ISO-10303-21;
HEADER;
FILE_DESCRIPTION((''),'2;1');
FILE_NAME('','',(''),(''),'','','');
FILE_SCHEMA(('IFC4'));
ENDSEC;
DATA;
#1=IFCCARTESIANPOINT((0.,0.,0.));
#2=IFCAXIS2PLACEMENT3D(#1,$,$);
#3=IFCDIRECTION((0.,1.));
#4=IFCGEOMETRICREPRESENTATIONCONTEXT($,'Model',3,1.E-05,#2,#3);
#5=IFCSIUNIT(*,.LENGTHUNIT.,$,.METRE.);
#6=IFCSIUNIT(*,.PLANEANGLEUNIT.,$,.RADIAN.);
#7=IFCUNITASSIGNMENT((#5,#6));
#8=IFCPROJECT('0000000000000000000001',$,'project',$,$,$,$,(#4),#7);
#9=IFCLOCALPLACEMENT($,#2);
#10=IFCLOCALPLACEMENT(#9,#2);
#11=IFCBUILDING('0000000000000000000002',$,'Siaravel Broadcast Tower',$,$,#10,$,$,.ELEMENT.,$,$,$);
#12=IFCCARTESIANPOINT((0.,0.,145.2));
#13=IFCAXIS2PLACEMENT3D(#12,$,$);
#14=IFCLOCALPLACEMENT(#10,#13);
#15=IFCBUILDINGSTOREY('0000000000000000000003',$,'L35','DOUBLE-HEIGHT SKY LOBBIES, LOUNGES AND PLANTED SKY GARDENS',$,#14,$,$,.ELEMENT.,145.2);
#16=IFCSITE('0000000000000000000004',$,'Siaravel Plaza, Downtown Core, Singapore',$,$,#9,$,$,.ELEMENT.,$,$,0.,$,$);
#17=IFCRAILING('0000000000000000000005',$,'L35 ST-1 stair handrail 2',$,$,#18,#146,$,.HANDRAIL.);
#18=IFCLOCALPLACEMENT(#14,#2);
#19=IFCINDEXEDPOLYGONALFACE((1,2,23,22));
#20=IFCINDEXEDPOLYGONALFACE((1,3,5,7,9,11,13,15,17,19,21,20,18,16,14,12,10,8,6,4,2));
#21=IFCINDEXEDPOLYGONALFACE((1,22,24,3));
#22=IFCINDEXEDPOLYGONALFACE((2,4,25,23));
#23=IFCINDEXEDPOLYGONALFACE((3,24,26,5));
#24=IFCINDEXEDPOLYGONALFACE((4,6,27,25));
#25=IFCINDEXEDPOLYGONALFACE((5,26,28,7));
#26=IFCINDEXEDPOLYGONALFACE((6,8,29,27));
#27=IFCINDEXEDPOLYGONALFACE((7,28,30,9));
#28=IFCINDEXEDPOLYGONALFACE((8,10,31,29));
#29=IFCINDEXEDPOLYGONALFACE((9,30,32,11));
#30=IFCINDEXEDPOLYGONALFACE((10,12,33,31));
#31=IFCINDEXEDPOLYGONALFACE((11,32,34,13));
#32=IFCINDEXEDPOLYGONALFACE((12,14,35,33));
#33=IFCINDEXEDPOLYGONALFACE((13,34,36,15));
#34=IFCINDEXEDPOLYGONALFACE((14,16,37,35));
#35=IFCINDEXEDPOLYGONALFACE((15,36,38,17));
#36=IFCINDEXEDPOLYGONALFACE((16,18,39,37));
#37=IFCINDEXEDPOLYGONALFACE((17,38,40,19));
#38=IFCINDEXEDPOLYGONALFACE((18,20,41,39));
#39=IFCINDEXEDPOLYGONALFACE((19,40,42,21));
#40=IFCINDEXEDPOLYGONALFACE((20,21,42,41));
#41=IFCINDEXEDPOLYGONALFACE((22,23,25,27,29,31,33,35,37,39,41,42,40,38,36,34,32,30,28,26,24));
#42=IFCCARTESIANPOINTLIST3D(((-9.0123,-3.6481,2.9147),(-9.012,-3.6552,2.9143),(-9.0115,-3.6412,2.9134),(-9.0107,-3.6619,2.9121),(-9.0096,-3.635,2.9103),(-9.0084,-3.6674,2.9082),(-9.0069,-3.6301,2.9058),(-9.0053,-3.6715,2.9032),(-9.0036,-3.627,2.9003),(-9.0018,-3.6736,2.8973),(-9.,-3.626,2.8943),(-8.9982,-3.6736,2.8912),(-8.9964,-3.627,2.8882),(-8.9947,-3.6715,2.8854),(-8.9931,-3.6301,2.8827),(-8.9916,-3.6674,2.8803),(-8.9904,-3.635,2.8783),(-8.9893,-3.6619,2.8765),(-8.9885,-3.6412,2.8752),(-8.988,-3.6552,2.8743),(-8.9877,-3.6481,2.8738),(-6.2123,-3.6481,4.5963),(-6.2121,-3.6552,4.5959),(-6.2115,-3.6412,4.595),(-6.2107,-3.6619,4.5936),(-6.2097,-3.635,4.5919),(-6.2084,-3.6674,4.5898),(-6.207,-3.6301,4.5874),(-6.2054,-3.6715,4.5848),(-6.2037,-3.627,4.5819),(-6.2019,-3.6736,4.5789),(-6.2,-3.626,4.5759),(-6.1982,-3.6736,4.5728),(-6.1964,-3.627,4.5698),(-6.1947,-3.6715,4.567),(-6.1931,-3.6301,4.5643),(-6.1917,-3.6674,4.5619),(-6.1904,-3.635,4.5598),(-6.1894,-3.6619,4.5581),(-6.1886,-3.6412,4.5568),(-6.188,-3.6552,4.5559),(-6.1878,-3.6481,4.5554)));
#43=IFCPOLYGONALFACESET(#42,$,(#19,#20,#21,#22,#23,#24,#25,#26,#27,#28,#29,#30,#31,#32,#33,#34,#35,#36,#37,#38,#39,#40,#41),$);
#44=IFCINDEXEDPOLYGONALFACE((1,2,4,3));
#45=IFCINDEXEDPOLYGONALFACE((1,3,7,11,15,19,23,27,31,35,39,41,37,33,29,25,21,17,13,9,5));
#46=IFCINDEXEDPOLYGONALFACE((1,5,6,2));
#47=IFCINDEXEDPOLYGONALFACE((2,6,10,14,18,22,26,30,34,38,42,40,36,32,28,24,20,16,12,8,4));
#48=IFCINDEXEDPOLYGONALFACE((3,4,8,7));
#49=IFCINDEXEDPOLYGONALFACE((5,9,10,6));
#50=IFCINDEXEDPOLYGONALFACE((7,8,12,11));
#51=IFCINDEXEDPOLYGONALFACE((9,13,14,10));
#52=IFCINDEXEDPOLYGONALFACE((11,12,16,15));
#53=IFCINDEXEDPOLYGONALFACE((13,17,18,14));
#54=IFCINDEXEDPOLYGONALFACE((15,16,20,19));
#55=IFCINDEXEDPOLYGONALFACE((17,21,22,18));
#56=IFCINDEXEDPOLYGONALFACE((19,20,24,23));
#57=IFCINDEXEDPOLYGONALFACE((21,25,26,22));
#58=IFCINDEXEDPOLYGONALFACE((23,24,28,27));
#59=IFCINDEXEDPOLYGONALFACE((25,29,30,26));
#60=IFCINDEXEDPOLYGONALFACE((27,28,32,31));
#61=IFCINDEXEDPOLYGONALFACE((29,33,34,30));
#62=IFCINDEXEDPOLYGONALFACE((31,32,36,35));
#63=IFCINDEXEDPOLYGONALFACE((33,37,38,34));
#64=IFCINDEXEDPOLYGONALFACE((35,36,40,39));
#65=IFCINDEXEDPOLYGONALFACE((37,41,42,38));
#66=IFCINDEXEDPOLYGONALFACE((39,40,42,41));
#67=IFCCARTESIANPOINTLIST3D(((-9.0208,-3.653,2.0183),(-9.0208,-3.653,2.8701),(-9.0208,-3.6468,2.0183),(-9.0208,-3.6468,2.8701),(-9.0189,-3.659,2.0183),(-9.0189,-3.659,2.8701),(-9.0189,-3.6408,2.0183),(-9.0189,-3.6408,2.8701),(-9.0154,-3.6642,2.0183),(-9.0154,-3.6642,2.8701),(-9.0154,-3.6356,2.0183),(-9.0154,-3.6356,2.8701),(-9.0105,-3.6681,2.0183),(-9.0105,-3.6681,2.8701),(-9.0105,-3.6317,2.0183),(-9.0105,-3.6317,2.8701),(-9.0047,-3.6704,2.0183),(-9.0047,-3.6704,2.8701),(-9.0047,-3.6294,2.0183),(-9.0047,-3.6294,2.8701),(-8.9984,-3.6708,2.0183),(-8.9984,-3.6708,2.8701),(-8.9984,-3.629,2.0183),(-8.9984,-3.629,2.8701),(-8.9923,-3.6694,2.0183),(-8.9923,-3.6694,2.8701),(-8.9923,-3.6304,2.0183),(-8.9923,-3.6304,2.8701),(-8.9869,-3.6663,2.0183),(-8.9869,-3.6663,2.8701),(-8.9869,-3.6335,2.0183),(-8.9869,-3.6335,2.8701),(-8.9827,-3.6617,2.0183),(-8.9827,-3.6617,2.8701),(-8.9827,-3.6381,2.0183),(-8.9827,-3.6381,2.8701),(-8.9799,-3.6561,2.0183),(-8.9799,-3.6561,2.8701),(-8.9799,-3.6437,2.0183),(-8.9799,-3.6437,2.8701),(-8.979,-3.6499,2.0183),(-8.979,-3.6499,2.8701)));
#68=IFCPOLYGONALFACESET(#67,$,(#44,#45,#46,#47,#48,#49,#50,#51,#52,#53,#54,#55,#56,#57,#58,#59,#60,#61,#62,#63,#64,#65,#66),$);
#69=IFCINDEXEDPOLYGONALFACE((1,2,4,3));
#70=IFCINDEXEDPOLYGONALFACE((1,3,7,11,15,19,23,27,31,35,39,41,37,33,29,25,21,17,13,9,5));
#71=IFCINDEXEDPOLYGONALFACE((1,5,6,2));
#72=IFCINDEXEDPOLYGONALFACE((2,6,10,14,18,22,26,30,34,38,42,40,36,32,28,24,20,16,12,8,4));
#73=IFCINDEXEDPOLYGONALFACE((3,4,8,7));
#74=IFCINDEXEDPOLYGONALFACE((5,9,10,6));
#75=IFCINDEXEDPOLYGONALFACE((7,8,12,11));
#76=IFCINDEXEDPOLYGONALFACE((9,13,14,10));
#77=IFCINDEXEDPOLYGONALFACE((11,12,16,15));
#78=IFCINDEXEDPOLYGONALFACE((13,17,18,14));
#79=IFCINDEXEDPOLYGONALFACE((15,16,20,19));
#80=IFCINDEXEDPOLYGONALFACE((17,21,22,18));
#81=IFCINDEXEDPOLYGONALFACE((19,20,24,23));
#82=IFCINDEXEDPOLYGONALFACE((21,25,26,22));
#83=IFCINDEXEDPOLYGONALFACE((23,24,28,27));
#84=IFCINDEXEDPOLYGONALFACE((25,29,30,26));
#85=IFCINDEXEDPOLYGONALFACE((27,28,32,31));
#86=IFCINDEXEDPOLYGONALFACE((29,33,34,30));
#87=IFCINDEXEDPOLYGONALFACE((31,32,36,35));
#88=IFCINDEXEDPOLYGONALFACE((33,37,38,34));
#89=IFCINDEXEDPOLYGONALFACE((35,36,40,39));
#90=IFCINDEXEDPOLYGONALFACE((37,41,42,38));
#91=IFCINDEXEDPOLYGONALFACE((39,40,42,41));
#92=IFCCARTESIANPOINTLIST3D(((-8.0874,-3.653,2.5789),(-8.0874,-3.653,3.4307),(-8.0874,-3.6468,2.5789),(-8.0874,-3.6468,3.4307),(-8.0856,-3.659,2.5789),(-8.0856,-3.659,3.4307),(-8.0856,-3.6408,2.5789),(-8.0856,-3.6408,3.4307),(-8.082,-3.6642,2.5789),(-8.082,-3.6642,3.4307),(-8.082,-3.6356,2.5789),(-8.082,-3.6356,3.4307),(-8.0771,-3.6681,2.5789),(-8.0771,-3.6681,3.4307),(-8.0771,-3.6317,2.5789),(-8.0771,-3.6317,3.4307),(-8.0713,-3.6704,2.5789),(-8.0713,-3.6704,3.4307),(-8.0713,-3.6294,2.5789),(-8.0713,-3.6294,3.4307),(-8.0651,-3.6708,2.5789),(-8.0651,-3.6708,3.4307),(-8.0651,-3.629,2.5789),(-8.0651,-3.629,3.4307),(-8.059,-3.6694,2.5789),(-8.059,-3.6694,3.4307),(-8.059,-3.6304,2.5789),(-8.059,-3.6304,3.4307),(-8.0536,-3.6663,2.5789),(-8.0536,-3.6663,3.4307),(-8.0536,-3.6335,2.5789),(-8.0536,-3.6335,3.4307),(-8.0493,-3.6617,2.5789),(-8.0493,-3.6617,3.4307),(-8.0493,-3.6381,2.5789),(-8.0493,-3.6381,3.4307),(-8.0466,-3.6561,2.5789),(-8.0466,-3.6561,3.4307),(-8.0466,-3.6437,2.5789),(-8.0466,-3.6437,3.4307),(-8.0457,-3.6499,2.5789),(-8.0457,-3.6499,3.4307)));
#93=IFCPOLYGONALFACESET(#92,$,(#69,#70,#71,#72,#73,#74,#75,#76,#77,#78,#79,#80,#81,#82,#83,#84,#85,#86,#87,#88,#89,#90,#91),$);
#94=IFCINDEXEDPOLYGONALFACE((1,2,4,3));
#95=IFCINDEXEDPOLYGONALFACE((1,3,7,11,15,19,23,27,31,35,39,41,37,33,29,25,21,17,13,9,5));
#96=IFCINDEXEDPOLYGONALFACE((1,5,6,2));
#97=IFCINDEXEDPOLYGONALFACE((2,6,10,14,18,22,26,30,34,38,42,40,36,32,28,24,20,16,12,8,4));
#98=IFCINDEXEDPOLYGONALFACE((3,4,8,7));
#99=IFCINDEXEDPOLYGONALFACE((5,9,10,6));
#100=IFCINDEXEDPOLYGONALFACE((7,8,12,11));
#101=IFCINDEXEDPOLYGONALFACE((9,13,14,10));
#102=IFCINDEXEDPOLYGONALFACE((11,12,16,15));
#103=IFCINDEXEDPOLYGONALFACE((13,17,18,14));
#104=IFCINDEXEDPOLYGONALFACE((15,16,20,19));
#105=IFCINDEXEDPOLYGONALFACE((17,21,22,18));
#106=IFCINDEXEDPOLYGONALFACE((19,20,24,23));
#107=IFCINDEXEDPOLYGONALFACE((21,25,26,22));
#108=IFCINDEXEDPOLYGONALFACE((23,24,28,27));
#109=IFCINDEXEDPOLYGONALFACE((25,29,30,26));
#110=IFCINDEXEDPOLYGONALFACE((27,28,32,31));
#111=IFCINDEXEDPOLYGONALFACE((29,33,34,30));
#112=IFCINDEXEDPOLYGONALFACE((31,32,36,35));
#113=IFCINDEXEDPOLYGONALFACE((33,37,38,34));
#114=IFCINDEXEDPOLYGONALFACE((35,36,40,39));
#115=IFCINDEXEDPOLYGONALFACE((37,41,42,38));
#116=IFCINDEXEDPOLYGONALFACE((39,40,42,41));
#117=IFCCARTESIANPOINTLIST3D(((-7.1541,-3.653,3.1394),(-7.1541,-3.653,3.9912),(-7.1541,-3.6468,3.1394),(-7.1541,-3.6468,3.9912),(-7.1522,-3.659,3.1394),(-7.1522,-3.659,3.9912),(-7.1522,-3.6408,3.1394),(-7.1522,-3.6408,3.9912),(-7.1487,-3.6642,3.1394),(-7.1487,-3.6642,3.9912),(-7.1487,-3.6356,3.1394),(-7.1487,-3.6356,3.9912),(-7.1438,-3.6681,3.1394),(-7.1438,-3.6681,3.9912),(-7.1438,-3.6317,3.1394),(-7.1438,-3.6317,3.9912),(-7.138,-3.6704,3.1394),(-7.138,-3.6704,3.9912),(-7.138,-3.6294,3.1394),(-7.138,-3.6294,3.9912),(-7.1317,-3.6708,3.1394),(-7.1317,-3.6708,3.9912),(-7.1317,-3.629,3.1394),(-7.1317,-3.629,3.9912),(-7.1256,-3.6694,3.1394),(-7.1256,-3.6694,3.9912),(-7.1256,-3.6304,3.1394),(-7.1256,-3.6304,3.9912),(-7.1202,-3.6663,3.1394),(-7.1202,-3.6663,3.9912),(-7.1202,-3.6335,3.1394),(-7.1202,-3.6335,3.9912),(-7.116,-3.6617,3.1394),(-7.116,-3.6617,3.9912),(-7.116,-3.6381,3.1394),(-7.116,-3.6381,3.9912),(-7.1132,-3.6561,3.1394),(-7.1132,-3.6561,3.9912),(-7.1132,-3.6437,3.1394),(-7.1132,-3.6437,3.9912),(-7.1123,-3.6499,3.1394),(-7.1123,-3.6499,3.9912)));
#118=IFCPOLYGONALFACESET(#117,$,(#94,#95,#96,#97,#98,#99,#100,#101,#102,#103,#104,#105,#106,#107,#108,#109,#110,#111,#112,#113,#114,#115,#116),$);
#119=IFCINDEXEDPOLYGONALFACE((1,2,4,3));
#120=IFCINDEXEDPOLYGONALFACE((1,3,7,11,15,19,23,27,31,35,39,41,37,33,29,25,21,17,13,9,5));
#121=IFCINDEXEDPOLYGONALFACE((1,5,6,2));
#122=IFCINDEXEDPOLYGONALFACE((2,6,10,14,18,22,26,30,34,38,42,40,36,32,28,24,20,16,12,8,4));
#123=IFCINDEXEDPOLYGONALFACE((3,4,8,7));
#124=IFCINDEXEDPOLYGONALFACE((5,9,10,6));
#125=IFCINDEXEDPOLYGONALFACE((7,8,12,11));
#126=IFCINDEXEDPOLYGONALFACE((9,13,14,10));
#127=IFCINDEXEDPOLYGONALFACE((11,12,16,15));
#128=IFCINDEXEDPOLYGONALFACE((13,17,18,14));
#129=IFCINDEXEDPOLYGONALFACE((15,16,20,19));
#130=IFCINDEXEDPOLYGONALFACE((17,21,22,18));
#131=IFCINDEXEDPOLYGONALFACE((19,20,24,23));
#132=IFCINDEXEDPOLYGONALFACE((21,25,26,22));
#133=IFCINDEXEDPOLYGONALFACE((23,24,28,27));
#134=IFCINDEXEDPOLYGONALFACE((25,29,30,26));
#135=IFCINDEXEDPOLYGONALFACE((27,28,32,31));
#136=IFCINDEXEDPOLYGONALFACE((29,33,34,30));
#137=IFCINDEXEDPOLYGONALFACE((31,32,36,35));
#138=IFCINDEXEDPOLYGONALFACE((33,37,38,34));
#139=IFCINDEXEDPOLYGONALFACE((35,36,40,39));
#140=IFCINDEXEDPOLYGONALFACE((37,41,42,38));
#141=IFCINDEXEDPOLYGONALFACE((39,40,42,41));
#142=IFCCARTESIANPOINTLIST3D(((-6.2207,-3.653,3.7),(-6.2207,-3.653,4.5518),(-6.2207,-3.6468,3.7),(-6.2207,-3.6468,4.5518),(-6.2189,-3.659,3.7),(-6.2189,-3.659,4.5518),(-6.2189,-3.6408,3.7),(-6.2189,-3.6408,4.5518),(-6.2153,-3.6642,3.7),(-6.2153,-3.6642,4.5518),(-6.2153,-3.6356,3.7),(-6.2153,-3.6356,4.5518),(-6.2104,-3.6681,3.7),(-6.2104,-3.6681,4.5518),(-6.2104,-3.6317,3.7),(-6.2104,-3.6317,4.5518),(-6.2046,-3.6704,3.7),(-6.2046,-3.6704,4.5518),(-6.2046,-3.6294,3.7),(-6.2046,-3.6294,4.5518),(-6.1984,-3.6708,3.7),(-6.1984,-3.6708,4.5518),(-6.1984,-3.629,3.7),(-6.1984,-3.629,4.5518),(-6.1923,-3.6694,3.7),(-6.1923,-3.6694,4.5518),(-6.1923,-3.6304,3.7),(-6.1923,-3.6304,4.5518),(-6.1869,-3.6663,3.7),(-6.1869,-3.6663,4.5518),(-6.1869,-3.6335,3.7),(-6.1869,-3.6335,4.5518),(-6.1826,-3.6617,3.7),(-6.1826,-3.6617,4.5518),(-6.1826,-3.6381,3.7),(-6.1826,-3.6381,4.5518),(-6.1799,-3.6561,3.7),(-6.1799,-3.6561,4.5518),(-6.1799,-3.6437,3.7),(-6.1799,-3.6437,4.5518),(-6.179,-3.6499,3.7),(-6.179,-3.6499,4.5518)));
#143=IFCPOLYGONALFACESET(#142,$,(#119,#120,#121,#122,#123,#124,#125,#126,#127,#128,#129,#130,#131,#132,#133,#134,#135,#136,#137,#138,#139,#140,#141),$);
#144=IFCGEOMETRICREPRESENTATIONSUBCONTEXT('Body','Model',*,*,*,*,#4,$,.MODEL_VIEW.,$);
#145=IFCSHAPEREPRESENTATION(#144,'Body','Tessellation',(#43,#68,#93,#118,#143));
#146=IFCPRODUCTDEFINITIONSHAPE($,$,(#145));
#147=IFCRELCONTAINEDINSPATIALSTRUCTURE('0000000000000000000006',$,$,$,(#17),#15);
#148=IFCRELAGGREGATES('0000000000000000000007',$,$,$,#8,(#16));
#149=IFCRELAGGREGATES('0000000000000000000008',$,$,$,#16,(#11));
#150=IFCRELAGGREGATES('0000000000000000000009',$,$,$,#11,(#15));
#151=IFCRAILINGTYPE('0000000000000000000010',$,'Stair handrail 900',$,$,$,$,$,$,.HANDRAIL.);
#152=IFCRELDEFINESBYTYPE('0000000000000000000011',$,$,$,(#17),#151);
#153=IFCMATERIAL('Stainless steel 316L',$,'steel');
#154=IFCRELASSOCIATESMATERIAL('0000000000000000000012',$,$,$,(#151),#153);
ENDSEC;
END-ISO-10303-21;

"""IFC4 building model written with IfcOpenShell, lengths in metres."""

from ifc_helpers import new_model, si_unit, direction, frame, origin, origin_2d, place, context, subcontext, project, spatial, circle, extrude, material, type_object, element, save


model = new_model("IFC4")

# Units and contexts
model_context = context("Model", 3, precision=1e-05, world=origin(), true_north=direction((0.0, 1.0)))
body_context = subcontext(model_context, "Body", "Model", "MODEL_VIEW")
ifc_project = project(units=[si_unit("LENGTHUNIT", "METRE"), si_unit("PLANEANGLEUNIT", "RADIAN")], contexts=[model_context])

# Site, building, storey
site_placement = place(None, origin())
site = spatial("IfcSite", under=ifc_project, at=site_placement, Name="Siaravel Plaza, Downtown Core, Singapore", CompositionType="ELEMENT", RefElevation=0.0)
building_placement = place(site_placement, origin())
building = spatial("IfcBuilding", under=site, at=building_placement, Name="Siaravel Broadcast Tower", CompositionType="ELEMENT")
storey_placement = place(building_placement, frame((0.0, 0.0, 145.2)))
storey = spatial("IfcBuildingStorey", under=building, at=storey_placement, Name="L35", Description="DOUBLE-HEIGHT SKY LOBBIES, LOUNGES AND PLANTED SKY GARDENS", CompositionType="ELEMENT", Elevation=145.2)

# Railing
ifc_material_1 = material(Name="Stainless steel 316L", Category="steel")
railing_type_1 = type_object("IfcRailingType", Name="Stair handrail 900", PredefinedType="HANDRAIL", material=ifc_material_1)
railing_1_placement = place(storey_placement, frame((-9.0, -3.6499, 2.0183)))
element("IfcRailing", 1, at=railing_1_placement, inside=storey, type_object=railing_type_1, Name="L35 ST-1 stair handrail 2", PredefinedType="HANDRAIL", context=body_context, shape_type="SweptSolid", body=[
    extrude(circle(Radius=0.0239, at=origin_2d()), frame((0.0, 0.0, 0.876), z_axis=(0.857275, 0.0, 0.514858), x_axis=(0.0, 1.0, 0.0)), (0.0, 0.0, 1.0), 3.2661),
    extrude(circle(Radius=0.021, at=origin_2d()), origin(), (0.0, 0.0, 1.0), 0.8518),
    extrude(circle(Radius=0.021, at=origin_2d()), frame((0.9333, 0.0, 0.5605)), (0.0, 0.0, 1.0), 0.8518),
    extrude(circle(Radius=0.021, at=origin_2d()), frame((1.8667, 0.0, 1.1211)), (0.0, 0.0, 1.0), 0.8518),
    extrude(circle(Radius=0.021, at=origin_2d()), frame((2.8, 0.0, 1.6816)), (0.0, 0.0, 1.0), 0.8518),
])

save(model, "model.ifc")
